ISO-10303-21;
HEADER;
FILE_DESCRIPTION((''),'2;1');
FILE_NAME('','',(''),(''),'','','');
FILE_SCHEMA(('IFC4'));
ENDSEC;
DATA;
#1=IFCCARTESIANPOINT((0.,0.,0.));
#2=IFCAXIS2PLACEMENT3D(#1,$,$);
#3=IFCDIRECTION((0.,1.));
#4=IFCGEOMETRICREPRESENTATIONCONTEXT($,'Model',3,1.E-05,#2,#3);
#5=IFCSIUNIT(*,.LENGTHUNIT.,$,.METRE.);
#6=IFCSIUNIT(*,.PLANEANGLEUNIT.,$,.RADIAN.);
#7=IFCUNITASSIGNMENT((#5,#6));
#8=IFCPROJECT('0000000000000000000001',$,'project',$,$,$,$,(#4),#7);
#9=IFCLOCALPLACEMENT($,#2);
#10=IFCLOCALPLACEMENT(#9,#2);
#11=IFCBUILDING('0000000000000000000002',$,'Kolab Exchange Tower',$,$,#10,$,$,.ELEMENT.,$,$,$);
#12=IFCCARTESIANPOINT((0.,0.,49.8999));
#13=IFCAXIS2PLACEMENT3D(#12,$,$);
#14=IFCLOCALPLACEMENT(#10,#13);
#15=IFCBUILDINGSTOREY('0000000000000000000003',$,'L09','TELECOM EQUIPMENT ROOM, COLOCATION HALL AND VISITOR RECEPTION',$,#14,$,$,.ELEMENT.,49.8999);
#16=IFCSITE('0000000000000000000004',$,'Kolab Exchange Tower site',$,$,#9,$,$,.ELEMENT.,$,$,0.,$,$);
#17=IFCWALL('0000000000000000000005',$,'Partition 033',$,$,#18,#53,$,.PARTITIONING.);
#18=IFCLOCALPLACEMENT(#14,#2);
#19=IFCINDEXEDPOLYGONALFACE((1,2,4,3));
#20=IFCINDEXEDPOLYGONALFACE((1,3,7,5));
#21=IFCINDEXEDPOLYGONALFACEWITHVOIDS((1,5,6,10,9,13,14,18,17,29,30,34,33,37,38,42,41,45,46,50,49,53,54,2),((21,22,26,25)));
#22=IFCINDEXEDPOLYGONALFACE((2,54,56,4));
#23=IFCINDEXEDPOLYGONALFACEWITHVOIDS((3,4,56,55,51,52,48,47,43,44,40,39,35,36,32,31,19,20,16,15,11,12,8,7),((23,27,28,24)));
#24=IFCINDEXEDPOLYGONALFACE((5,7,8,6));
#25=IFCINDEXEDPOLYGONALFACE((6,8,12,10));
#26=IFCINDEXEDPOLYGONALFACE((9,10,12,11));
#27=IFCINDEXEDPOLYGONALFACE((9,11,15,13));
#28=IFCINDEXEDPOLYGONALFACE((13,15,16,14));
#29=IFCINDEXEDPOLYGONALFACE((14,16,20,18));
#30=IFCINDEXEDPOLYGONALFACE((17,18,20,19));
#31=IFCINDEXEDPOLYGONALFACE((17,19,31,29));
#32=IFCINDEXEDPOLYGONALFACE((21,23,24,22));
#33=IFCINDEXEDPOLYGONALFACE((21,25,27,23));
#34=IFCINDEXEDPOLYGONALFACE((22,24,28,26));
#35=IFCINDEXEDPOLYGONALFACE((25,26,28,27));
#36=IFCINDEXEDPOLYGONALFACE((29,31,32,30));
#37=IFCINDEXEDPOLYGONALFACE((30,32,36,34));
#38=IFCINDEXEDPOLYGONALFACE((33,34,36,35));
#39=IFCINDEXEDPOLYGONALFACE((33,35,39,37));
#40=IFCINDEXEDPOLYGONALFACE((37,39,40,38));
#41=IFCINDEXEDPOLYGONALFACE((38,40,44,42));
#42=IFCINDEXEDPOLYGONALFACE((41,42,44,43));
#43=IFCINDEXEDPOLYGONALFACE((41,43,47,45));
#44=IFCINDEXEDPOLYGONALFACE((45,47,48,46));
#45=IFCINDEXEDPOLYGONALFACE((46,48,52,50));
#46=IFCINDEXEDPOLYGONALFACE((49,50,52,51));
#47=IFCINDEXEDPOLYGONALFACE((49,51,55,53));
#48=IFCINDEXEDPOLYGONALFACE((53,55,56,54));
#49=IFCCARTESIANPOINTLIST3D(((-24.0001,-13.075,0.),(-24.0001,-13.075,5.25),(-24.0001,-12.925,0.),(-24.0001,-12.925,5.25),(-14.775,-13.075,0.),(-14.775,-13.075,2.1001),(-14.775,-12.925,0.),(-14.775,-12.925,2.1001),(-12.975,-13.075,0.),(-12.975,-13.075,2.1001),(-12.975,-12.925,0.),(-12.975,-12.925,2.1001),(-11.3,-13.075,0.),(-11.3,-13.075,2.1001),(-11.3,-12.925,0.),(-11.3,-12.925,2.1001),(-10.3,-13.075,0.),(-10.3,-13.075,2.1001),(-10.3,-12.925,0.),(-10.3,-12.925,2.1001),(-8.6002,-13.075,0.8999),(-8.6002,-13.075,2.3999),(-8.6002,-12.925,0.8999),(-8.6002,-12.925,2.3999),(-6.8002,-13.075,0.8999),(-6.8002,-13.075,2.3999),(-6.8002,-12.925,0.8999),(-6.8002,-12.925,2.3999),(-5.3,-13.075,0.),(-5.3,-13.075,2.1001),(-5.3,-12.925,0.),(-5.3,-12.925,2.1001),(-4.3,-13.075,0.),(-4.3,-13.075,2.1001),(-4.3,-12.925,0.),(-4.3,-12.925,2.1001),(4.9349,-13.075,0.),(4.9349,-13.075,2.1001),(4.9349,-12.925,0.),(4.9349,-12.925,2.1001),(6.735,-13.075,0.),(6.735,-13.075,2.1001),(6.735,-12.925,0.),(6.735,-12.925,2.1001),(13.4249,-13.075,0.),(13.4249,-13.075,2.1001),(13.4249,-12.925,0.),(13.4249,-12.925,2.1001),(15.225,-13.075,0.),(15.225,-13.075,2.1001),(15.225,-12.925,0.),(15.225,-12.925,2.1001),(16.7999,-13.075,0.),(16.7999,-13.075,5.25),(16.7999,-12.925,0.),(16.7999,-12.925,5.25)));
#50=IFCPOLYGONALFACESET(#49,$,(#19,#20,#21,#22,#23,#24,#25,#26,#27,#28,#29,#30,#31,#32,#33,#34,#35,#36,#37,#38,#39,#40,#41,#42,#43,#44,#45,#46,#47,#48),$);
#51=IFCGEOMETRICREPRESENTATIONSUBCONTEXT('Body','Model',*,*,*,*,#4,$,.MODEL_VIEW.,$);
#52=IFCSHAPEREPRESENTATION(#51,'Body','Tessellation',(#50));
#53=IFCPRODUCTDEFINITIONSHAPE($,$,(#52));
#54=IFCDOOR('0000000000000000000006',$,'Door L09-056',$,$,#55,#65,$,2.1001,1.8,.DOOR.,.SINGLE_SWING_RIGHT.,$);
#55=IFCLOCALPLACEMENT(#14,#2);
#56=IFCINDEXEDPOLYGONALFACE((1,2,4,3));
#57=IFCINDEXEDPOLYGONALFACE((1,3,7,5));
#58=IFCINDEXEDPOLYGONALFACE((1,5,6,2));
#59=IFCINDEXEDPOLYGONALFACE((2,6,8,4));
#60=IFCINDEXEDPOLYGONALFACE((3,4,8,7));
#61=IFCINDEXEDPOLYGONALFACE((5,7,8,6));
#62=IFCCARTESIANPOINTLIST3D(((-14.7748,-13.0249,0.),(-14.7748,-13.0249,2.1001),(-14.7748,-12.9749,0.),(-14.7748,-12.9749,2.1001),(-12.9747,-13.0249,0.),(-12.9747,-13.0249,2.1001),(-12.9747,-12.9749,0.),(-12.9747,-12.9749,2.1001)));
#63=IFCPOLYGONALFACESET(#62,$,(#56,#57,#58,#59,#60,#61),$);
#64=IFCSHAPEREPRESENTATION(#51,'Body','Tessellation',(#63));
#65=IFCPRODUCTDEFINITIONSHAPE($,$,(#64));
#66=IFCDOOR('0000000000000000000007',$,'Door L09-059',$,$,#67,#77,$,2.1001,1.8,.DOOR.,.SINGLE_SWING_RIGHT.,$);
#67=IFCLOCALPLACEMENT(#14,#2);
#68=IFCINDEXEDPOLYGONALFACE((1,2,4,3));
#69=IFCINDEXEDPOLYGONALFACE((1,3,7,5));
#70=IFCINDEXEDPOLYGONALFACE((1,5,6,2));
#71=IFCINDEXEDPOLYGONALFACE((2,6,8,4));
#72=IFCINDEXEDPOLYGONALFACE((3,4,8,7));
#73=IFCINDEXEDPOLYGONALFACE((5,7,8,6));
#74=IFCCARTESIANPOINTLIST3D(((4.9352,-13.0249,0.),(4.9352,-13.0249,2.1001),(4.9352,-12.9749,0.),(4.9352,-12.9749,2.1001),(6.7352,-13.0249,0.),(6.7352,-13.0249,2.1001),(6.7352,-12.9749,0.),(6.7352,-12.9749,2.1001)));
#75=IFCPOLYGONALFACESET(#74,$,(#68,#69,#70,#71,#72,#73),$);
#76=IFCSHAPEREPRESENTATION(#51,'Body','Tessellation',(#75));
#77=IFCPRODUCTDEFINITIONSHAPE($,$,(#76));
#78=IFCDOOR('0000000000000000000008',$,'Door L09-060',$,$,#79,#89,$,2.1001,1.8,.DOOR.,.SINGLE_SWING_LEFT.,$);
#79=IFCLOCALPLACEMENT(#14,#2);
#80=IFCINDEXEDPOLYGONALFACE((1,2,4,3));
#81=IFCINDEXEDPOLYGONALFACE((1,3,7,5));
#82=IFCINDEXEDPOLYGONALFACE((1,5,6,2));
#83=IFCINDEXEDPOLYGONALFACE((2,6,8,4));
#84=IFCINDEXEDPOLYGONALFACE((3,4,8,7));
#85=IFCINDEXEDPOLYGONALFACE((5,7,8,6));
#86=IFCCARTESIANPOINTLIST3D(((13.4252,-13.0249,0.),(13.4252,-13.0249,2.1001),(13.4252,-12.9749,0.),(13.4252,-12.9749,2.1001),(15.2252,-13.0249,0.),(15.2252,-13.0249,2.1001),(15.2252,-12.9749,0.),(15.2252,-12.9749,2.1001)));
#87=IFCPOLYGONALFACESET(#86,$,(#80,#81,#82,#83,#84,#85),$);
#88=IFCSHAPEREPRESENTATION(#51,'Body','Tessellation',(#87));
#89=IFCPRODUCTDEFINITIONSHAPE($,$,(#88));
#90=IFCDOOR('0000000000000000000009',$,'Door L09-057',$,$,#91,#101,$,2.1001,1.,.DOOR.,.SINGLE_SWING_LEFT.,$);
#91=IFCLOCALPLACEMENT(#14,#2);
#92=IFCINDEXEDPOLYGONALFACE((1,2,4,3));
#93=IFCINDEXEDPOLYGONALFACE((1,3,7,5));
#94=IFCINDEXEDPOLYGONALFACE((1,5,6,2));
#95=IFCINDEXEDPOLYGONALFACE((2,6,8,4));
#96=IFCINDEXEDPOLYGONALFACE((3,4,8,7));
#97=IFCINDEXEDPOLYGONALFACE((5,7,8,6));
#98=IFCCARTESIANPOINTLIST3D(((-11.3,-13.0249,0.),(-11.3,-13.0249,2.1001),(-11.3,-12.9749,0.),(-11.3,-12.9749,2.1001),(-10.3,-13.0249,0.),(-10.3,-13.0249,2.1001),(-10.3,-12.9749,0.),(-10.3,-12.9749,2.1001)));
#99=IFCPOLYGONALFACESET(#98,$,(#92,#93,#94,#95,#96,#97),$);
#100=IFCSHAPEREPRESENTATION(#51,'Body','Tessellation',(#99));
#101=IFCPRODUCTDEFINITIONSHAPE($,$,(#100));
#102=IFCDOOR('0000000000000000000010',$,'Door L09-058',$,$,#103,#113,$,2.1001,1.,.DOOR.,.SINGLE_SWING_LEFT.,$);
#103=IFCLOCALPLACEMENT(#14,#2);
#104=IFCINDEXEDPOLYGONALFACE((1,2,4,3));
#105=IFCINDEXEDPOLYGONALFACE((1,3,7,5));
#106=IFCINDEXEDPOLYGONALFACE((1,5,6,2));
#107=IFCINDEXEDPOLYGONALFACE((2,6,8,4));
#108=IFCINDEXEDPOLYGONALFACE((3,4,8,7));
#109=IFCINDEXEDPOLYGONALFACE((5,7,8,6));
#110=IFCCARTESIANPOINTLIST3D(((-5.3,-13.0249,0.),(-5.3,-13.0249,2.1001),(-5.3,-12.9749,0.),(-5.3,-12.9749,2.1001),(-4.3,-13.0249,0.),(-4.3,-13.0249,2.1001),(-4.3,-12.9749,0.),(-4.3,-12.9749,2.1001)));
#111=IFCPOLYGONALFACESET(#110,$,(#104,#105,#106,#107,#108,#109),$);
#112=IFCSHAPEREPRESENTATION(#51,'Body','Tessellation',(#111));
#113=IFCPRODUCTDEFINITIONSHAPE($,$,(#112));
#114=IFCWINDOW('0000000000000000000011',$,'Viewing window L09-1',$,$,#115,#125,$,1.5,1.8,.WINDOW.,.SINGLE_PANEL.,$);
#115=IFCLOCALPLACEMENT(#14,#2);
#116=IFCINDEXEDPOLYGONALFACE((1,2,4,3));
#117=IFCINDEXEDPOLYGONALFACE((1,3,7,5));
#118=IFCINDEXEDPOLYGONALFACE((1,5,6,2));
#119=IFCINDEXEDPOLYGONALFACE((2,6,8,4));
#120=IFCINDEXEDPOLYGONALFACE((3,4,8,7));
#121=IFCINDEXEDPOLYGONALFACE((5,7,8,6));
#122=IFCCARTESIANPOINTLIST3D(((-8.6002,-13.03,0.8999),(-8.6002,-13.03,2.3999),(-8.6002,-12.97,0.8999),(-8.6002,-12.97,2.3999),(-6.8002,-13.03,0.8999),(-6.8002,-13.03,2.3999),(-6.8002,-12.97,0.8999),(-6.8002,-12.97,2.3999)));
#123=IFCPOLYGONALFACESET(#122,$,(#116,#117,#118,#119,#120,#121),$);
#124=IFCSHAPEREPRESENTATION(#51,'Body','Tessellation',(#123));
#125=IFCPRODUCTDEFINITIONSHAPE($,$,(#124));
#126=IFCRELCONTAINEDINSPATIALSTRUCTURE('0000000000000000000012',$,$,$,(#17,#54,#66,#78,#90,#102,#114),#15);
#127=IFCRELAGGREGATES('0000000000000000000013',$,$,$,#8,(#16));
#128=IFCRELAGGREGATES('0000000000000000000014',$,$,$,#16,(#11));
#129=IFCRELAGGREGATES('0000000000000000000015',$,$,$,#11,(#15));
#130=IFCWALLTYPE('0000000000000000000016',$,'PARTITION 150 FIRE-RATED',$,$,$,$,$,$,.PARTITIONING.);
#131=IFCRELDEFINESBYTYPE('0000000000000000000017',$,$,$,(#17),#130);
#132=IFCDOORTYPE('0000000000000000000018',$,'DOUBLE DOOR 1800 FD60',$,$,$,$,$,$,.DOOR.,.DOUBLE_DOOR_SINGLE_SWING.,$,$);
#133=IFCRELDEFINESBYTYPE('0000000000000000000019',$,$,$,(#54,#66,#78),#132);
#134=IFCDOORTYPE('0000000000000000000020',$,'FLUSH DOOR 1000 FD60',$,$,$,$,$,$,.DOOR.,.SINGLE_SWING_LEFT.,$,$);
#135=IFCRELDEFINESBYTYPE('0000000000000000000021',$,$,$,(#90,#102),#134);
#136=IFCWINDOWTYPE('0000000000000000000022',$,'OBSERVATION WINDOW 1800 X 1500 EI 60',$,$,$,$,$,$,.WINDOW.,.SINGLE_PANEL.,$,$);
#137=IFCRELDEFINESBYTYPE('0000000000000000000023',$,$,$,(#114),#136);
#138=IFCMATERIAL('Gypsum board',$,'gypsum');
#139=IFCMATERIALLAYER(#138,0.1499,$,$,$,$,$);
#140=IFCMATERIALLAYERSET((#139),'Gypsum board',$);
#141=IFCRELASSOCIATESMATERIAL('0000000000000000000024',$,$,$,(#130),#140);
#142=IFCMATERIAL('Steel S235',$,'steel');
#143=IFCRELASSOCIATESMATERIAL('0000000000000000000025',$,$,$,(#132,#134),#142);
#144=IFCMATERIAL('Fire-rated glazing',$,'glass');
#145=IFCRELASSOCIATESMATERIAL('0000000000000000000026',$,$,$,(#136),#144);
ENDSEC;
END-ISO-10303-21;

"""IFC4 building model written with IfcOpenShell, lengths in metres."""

from ifc_helpers import new_model, si_unit, direction, frame, frame_2d, origin, place, context, subcontext, project, spatial, rectangle, extrude, material, layer, layer_set, type_object, element, fill, save


model = new_model("IFC4")

# Units and contexts
model_context = context("Model", 3, precision=1e-05, world=origin(), true_north=direction((0.0, 1.0)))
body_context = subcontext(model_context, "Body", "Model", "MODEL_VIEW")
ifc_project = project(units=[si_unit("LENGTHUNIT", "METRE"), si_unit("PLANEANGLEUNIT", "RADIAN")], contexts=[model_context])

# Site, building, storey
site_placement = place(None, origin())
site = spatial("IfcSite", under=ifc_project, at=site_placement, Name="Kolab Exchange Tower site", CompositionType="ELEMENT", RefElevation=0.0)
building_placement = place(site_placement, origin())
building = spatial("IfcBuilding", under=site, at=building_placement, Name="Kolab Exchange Tower", CompositionType="ELEMENT")
storey_placement = place(building_placement, frame((0.0, 0.0, 49.8999)))
storey = spatial("IfcBuildingStorey", under=building, at=storey_placement, Name="L09", Description="TELECOM EQUIPMENT ROOM, COLOCATION HALL AND VISITOR RECEPTION", CompositionType="ELEMENT", Elevation=49.8999)

# Shared definitions
ifc_material_1 = material(Name="Gypsum board", Category="gypsum")
ifc_layer_1 = layer(ifc_material_1, 0.1499)
ifc_layer_set_1 = layer_set([ifc_layer_1], Name="Gypsum board")
wall_type_1 = type_object("IfcWallType", Name="PARTITION 150 FIRE-RATED", PredefinedType="PARTITIONING", material=ifc_layer_set_1)

# Wall, openings, doors, window
wall_1_placement = place(storey_placement, frame((-24.0, -13.0, 0.0), z_axis=(0.0, 0.0, 1.0), x_axis=(1.0, 0.0, 0.0)))
wall_1 = element("IfcWall", 1, at=wall_1_placement, inside=storey, type_object=wall_type_1, Name="Partition 033", PredefinedType="PARTITIONING", context=body_context, shape_type="SweptSolid", body=[
    extrude(rectangle(XDim=40.8, YDim=0.1499, at=frame_2d((20.3999, 0.0))), origin(), (0.0, 0.0, 1.0), 5.25),
])
opening_1_placement = place(wall_1_placement, frame((9.2251, 0.0, 0.0)))
opening_1 = element("IfcOpeningElement", 2, at=opening_1_placement, cuts=wall_1, PredefinedType="OPENING", context=body_context, shape_type="SweptSolid", body=[
    extrude(rectangle(XDim=1.8, YDim=2.1001, at=frame_2d((0.8999, 1.05))), frame((0.0, 0.085, 0.0), z_axis=(0.0, -1.0, 0.0), x_axis=(1.0, 0.0, 0.0)), (0.0, 0.0, 1.0), 0.1699),
])
opening_2_placement = place(wall_1_placement, frame((12.7, 0.0, 0.0)))
opening_2 = element("IfcOpeningElement", 3, at=opening_2_placement, cuts=wall_1, PredefinedType="OPENING", context=body_context, shape_type="SweptSolid", body=[
    extrude(rectangle(XDim=1.0, YDim=2.1001, at=frame_2d((0.5, 1.05))), frame((0.0, 0.085, 0.0), z_axis=(0.0, -1.0, 0.0), x_axis=(1.0, 0.0, 0.0)), (0.0, 0.0, 1.0), 0.1699),
])
opening_3_placement = place(wall_1_placement, frame((18.7, 0.0, 0.0)))
opening_3 = element("IfcOpeningElement", 4, at=opening_3_placement, cuts=wall_1, PredefinedType="OPENING", context=body_context, shape_type="SweptSolid", body=[
    extrude(rectangle(XDim=1.0, YDim=2.1001, at=frame_2d((0.5, 1.05))), frame((0.0, 0.085, 0.0), z_axis=(0.0, -1.0, 0.0), x_axis=(1.0, 0.0, 0.0)), (0.0, 0.0, 1.0), 0.1699),
])
opening_4_placement = place(wall_1_placement, frame((28.9351, 0.0, 0.0)))
opening_4 = element("IfcOpeningElement", 5, at=opening_4_placement, cuts=wall_1, PredefinedType="OPENING", context=body_context, shape_type="SweptSolid", body=[
    extrude(rectangle(XDim=1.8, YDim=2.1001, at=frame_2d((0.8999, 1.05))), frame((0.0, 0.085, 0.0), z_axis=(0.0, -1.0, 0.0), x_axis=(1.0, 0.0, 0.0)), (0.0, 0.0, 1.0), 0.1699),
])
opening_5_placement = place(wall_1_placement, frame((37.425, 0.0, 0.0)))
opening_5 = element("IfcOpeningElement", 6, at=opening_5_placement, cuts=wall_1, PredefinedType="OPENING", context=body_context, shape_type="SweptSolid", body=[
    extrude(rectangle(XDim=1.8, YDim=2.1001, at=frame_2d((0.8999, 1.05))), frame((0.0, 0.085, 0.0), z_axis=(0.0, -1.0, 0.0), x_axis=(1.0, 0.0, 0.0)), (0.0, 0.0, 1.0), 0.1699),
])
opening_6_placement = place(wall_1_placement, frame((15.3999, 0.0, 0.8999)))
opening_6 = element("IfcOpeningElement", 7, at=opening_6_placement, cuts=wall_1, PredefinedType="OPENING", context=body_context, shape_type="SweptSolid", body=[
    extrude(rectangle(XDim=1.8, YDim=1.5, at=frame_2d((0.8999, 0.75))), frame((0.0, 0.085, 0.0), z_axis=(0.0, -1.0, 0.0), x_axis=(1.0, 0.0, 0.0)), (0.0, 0.0, 1.0), 0.1699),
])
ifc_material_2 = material(Name="Steel S235", Category="steel")
door_type_1 = type_object("IfcDoorType", Name="DOUBLE DOOR 1800 FD60", OperationType="DOUBLE_DOOR_SINGLE_SWING", PredefinedType="DOOR", material=ifc_material_2)
door_1_placement = place(opening_1_placement, frame((1.8, 0.0, 0.0), z_axis=(0.0, 0.0, 1.0), x_axis=(-1.0, 0.0, 0.0)))
door_1 = element("IfcDoor", 8, at=door_1_placement, inside=storey, type_object=door_type_1, Name="Door L09-056", OperationType="SINGLE_SWING_RIGHT", OverallHeight=2.1001, OverallWidth=1.8, PredefinedType="DOOR", context=body_context, shape_type="SweptSolid", body=[
    extrude(rectangle(XDim=1.8, YDim=2.1001, at=frame_2d((0.8999, 1.05))), frame((0.0, 0.0249, 0.0), z_axis=(0.0, -1.0, 0.0), x_axis=(1.0, 0.0, 0.0)), (0.0, 0.0, 1.0), 0.05),
])
fill(opening_1, door_1)
door_2_placement = place(opening_4_placement, frame((1.8, 0.0, 0.0), z_axis=(0.0, 0.0, 1.0), x_axis=(-1.0, 0.0, 0.0)))
door_2 = element("IfcDoor", 9, at=door_2_placement, inside=storey, type_object=door_type_1, Name="Door L09-059", OperationType="SINGLE_SWING_RIGHT", OverallHeight=2.1001, OverallWidth=1.8, PredefinedType="DOOR", context=body_context, shape_type="SweptSolid", body=[
    extrude(rectangle(XDim=1.8, YDim=2.1001, at=frame_2d((0.8999, 1.05))), frame((0.0, 0.0249, 0.0), z_axis=(0.0, -1.0, 0.0), x_axis=(1.0, 0.0, 0.0)), (0.0, 0.0, 1.0), 0.05),
])
fill(opening_4, door_2)
door_3_placement = place(opening_5_placement, frame((1.8, 0.0, 0.0), z_axis=(0.0, 0.0, 1.0), x_axis=(-1.0, 0.0, 0.0)))
door_3 = element("IfcDoor", 10, at=door_3_placement, inside=storey, type_object=door_type_1, Name="Door L09-060", OperationType="SINGLE_SWING_LEFT", OverallHeight=2.1001, OverallWidth=1.8, PredefinedType="DOOR", context=body_context, shape_type="SweptSolid", body=[
    extrude(rectangle(XDim=1.8, YDim=2.1001, at=frame_2d((0.8999, 1.05))), frame((0.0, 0.0249, 0.0), z_axis=(0.0, -1.0, 0.0), x_axis=(1.0, 0.0, 0.0)), (0.0, 0.0, 1.0), 0.05),
])
fill(opening_5, door_3)
door_type_2 = type_object("IfcDoorType", Name="FLUSH DOOR 1000 FD60", OperationType="SINGLE_SWING_LEFT", PredefinedType="DOOR", material=ifc_material_2)
door_4_placement = place(opening_2_placement, frame((1.0, 0.0, 0.0), z_axis=(0.0, 0.0, 1.0), x_axis=(-1.0, 0.0, 0.0)))
door_4 = element("IfcDoor", 11, at=door_4_placement, inside=storey, type_object=door_type_2, Name="Door L09-057", OperationType="SINGLE_SWING_LEFT", OverallHeight=2.1001, OverallWidth=1.0, PredefinedType="DOOR", context=body_context, shape_type="SweptSolid", body=[
    extrude(rectangle(XDim=1.0, YDim=2.1001, at=frame_2d((0.5, 1.05))), frame((0.0, 0.0249, 0.0), z_axis=(0.0, -1.0, 0.0), x_axis=(1.0, 0.0, 0.0)), (0.0, 0.0, 1.0), 0.05),
])
fill(opening_2, door_4)
door_5_placement = place(opening_3_placement, frame((1.0, 0.0, 0.0), z_axis=(0.0, 0.0, 1.0), x_axis=(-1.0, 0.0, 0.0)))
door_5 = element("IfcDoor", 12, at=door_5_placement, inside=storey, type_object=door_type_2, Name="Door L09-058", OperationType="SINGLE_SWING_LEFT", OverallHeight=2.1001, OverallWidth=1.0, PredefinedType="DOOR", context=body_context, shape_type="SweptSolid", body=[
    extrude(rectangle(XDim=1.0, YDim=2.1001, at=frame_2d((0.5, 1.05))), frame((0.0, 0.0249, 0.0), z_axis=(0.0, -1.0, 0.0), x_axis=(1.0, 0.0, 0.0)), (0.0, 0.0, 1.0), 0.05),
])
fill(opening_3, door_5)
ifc_material_3 = material(Name="Fire-rated glazing", Category="glass")
window_type = type_object("IfcWindowType", Name="OBSERVATION WINDOW 1800 X 1500 EI 60", PartitioningType="SINGLE_PANEL", PredefinedType="WINDOW", material=ifc_material_3)
window_placement = place(opening_6_placement, origin())
window = element("IfcWindow", 13, at=window_placement, inside=storey, type_object=window_type, Name="Viewing window L09-1", OverallHeight=1.5, OverallWidth=1.8, PartitioningType="SINGLE_PANEL", PredefinedType="WINDOW", context=body_context, shape_type="SweptSolid", body=[
    extrude(rectangle(XDim=1.8, YDim=1.5, at=frame_2d((0.8999, 0.75))), frame((0.0, 0.03, 0.0), z_axis=(0.0, -1.0, 0.0), x_axis=(1.0, 0.0, 0.0)), (0.0, 0.0, 1.0), 0.0601),
])
fill(opening_6, window)

save(model, "model.ifc")
